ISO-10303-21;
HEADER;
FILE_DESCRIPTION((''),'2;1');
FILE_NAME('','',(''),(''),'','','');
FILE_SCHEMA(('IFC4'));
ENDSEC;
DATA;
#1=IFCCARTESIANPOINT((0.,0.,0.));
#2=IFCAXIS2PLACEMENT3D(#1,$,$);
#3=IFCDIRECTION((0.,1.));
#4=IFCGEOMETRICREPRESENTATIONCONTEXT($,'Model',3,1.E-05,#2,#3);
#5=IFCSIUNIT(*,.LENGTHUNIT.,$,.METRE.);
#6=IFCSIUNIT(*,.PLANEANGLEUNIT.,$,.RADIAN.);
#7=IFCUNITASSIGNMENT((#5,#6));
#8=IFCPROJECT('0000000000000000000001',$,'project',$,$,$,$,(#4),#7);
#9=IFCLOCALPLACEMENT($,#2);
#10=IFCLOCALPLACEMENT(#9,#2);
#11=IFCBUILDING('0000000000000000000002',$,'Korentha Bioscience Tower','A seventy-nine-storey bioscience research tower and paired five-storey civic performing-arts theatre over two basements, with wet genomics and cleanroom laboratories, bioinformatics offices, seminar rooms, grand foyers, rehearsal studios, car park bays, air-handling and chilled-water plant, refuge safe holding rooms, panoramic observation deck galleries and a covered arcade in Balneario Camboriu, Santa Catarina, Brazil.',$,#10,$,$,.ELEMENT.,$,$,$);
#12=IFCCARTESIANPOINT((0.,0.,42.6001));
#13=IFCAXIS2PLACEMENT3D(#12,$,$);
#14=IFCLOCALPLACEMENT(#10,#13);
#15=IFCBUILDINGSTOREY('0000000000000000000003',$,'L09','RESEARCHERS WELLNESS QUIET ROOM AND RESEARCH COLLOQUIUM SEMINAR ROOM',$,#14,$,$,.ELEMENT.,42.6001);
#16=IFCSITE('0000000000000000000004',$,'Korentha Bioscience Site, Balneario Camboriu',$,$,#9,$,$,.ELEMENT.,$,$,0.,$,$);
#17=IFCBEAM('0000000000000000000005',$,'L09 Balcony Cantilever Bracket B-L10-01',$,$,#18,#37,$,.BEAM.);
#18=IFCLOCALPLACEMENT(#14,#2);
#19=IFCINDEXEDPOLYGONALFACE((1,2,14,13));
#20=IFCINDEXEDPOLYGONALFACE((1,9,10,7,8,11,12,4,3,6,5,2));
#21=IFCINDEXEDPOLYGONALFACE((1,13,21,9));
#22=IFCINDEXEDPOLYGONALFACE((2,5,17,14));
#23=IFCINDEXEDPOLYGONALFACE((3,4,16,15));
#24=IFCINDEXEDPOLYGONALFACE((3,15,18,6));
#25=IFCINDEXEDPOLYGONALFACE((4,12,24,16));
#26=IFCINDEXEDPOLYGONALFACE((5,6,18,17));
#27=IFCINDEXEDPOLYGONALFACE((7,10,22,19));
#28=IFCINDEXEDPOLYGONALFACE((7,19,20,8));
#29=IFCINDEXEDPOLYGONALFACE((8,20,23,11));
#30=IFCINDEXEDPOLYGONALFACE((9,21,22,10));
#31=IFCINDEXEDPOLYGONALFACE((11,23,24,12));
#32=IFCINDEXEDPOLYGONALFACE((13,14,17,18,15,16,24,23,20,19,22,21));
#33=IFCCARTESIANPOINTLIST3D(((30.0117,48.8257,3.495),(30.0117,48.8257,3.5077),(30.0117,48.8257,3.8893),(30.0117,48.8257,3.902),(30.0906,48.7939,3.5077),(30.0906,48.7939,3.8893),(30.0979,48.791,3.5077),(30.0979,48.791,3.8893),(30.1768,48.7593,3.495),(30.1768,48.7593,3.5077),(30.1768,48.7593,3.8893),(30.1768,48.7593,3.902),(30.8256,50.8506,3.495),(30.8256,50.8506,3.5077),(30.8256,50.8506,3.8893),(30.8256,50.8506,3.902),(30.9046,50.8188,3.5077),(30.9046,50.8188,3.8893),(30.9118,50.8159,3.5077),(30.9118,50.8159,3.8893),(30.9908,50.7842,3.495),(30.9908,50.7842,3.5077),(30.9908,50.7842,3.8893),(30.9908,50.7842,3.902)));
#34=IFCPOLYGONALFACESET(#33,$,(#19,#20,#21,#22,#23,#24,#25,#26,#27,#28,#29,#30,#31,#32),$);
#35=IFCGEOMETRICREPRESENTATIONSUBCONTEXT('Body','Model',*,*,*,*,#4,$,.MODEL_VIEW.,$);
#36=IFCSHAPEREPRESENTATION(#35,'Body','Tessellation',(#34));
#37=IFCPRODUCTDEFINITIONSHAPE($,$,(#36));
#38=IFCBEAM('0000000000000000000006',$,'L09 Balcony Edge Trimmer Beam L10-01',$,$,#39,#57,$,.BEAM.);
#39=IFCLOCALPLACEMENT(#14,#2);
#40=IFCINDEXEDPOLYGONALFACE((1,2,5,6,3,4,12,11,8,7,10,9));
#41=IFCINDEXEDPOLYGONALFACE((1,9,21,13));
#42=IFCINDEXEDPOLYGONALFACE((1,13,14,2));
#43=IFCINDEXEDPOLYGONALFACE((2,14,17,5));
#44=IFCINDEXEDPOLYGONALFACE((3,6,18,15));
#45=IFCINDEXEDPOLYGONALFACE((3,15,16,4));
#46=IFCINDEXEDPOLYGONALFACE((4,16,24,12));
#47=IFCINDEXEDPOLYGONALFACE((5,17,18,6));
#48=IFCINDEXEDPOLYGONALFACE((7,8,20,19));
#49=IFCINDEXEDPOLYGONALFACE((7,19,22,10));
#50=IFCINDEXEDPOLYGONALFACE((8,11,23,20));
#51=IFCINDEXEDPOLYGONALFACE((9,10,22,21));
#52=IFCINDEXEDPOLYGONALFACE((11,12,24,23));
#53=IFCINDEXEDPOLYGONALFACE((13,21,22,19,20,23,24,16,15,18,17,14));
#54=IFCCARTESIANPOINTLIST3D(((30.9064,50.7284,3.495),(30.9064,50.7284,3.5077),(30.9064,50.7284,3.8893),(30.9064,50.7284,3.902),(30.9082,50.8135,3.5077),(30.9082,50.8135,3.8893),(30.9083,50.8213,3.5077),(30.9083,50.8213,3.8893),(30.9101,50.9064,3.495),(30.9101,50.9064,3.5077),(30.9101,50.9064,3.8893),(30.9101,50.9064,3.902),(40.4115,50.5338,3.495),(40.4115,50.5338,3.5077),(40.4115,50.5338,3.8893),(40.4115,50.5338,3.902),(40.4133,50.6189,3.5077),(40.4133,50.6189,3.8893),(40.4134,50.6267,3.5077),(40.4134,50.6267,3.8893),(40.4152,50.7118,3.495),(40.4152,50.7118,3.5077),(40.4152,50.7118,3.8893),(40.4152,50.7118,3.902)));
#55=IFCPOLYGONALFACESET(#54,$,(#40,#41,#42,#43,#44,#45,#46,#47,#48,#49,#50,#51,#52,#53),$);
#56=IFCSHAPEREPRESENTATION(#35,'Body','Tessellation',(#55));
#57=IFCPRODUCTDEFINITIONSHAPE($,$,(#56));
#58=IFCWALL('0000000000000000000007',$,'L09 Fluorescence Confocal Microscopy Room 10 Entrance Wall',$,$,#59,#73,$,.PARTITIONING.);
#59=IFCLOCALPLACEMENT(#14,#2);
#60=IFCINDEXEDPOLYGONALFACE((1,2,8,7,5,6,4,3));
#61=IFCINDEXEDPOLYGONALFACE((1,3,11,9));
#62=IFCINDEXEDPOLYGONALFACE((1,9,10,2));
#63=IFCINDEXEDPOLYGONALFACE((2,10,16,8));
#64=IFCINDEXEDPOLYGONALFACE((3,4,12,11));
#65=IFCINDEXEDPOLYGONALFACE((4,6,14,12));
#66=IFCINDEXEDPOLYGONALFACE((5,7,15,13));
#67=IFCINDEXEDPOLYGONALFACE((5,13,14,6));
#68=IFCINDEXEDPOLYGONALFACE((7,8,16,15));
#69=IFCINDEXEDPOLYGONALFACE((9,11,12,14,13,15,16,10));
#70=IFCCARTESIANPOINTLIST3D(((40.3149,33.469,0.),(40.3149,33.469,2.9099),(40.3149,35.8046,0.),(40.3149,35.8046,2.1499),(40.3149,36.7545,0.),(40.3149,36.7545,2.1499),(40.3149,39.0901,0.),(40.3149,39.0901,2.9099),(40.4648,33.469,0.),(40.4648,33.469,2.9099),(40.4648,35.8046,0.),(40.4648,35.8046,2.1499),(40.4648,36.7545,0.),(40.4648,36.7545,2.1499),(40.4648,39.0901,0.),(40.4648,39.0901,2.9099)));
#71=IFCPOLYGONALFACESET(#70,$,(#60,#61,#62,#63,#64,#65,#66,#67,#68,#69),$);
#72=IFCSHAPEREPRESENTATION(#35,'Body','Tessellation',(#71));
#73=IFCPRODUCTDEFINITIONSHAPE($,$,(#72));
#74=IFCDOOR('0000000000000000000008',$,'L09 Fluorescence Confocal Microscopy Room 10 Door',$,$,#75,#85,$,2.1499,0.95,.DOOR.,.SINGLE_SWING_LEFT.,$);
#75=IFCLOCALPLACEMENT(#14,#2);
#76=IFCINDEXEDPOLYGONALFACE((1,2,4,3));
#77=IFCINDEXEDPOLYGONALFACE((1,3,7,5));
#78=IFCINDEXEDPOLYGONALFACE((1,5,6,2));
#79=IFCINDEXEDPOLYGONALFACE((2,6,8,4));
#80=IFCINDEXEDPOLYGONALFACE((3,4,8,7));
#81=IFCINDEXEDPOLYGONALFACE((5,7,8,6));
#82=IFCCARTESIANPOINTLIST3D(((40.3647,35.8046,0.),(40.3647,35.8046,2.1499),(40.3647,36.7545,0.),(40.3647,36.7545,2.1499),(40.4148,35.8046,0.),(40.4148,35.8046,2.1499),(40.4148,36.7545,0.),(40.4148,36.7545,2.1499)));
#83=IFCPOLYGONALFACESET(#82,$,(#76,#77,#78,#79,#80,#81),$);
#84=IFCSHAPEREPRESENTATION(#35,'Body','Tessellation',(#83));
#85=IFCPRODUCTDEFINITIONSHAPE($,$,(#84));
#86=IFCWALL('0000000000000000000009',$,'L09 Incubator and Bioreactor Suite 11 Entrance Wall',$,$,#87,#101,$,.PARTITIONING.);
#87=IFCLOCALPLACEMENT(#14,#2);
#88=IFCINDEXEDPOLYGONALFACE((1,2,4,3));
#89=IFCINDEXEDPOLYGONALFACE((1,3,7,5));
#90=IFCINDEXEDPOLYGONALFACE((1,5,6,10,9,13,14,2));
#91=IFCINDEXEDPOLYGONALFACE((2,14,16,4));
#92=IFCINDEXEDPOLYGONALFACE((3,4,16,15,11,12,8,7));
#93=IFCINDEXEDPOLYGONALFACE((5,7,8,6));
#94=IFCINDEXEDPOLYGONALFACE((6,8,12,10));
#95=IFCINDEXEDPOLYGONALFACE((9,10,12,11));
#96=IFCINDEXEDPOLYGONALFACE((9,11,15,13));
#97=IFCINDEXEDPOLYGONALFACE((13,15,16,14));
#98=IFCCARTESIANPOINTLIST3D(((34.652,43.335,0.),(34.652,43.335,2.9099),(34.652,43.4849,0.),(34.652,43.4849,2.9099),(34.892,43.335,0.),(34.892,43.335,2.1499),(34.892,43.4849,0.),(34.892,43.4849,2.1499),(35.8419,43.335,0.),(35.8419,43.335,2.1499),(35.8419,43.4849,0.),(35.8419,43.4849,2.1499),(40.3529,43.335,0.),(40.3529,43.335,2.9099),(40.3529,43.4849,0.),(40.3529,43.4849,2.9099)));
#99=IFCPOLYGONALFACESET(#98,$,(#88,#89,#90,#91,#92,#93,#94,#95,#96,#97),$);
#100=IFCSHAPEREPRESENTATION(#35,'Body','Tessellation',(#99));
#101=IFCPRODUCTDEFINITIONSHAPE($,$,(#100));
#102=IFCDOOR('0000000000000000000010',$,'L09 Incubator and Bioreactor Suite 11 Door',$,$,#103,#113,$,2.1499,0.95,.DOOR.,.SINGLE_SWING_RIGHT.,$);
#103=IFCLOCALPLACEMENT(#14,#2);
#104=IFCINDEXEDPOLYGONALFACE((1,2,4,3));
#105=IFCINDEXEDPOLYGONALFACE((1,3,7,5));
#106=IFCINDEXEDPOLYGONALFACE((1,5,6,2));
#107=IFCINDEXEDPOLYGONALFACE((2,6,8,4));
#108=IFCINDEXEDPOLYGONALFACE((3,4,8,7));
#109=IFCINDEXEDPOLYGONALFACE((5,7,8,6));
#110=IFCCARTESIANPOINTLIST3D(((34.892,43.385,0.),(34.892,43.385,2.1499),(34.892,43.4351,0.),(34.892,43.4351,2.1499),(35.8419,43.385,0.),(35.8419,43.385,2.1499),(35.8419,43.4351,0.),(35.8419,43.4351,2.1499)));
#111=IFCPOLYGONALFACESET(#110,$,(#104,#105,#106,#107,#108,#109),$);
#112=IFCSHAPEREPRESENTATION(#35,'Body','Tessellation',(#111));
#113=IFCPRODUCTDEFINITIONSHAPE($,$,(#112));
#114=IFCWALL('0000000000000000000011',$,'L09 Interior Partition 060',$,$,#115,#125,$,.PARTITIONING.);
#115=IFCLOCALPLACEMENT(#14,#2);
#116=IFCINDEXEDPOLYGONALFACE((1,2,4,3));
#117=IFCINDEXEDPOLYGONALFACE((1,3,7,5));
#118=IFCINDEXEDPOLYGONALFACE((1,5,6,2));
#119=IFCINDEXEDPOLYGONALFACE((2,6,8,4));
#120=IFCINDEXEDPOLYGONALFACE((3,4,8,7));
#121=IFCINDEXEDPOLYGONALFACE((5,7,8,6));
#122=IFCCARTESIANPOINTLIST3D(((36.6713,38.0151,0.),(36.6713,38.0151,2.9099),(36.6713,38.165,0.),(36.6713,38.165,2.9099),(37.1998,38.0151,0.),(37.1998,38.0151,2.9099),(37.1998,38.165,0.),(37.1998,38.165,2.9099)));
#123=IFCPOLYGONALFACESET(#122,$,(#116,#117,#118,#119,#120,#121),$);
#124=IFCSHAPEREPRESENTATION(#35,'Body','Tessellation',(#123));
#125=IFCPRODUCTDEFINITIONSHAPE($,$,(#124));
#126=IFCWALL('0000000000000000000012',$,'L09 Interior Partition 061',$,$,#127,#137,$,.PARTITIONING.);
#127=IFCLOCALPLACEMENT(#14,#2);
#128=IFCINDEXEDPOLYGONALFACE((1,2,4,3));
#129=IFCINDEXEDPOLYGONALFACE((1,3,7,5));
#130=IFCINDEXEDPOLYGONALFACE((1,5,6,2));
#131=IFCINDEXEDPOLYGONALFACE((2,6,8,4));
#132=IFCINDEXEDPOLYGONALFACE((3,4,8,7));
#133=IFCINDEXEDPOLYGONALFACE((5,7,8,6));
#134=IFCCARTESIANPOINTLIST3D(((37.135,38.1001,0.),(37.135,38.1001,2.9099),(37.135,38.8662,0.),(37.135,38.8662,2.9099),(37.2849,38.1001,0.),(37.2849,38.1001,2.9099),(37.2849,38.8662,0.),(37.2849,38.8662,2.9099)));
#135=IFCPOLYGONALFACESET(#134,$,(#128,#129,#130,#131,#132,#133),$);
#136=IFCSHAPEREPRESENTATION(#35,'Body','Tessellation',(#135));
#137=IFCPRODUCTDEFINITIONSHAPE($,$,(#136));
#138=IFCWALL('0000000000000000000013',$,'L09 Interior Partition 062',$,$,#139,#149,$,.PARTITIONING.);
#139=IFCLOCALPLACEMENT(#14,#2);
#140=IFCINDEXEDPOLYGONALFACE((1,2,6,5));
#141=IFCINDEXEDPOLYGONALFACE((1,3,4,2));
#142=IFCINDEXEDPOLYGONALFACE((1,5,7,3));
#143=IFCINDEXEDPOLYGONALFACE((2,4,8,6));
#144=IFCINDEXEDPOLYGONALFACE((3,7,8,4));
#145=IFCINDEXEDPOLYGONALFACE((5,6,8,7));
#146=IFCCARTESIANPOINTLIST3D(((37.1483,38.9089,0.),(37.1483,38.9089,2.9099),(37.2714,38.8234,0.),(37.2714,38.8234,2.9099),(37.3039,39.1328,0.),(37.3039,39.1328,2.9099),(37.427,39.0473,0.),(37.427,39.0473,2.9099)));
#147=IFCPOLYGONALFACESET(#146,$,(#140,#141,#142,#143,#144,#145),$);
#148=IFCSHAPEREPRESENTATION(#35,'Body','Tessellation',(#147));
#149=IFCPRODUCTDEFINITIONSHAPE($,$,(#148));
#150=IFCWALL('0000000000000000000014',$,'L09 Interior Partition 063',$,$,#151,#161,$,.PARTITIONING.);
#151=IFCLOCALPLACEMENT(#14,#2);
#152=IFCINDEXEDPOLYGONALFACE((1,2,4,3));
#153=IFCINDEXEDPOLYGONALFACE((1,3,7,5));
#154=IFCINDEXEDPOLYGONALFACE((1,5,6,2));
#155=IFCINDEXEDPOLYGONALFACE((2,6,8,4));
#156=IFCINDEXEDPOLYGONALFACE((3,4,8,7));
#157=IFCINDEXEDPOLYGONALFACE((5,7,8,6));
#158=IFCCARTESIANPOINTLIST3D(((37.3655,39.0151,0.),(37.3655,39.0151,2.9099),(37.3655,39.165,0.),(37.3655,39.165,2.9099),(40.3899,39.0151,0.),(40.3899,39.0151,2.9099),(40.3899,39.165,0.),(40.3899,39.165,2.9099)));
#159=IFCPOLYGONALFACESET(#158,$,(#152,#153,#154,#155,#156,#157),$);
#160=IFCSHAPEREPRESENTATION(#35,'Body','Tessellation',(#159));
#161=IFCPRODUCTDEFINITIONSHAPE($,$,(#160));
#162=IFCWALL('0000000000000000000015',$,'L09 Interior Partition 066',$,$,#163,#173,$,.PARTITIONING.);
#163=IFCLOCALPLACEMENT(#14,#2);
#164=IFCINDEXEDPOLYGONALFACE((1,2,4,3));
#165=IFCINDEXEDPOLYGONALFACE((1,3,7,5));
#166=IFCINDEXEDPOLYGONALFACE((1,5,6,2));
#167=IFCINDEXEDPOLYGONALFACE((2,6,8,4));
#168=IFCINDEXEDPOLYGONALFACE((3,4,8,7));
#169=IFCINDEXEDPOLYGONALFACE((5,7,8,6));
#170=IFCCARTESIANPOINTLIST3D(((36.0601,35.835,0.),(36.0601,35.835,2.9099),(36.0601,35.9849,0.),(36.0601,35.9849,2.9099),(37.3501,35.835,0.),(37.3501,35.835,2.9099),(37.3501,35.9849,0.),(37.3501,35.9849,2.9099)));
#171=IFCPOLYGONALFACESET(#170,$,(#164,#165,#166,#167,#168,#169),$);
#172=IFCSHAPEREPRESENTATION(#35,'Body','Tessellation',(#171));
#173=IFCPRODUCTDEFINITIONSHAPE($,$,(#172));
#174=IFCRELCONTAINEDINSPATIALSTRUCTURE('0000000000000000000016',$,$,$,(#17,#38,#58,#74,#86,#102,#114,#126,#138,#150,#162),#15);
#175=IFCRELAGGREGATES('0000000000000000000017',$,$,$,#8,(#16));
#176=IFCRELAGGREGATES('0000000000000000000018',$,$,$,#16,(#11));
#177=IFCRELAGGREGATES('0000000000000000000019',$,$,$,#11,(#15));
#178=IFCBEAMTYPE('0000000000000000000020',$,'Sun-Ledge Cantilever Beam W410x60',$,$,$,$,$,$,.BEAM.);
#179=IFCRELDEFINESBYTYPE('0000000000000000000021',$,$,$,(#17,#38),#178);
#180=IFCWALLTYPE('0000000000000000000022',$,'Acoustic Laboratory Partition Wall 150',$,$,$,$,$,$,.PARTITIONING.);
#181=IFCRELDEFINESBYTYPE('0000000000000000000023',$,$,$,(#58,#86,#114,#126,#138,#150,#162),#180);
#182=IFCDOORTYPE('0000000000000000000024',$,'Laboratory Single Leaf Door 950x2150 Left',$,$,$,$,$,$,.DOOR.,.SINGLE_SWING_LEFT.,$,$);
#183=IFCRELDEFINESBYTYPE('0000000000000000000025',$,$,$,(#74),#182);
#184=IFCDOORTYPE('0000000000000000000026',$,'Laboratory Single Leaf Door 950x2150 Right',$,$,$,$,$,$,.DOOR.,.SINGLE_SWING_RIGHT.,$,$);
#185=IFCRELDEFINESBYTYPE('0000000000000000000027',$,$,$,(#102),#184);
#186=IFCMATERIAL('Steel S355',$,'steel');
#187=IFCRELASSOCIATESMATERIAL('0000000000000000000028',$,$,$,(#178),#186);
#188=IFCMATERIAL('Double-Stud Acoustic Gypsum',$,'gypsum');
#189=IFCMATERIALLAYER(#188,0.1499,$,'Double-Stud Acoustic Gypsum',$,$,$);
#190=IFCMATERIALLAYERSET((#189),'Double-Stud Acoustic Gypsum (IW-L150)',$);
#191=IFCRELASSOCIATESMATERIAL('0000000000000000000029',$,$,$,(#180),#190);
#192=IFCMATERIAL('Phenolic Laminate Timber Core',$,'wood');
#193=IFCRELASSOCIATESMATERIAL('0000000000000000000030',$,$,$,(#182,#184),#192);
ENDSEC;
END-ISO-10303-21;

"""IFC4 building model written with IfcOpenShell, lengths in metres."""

from ifc_helpers import new_model, si_unit, direction, frame, frame_2d, origin, origin_2d, place, context, subcontext, project, spatial, rectangle, i_section, extrude, material, layer, layer_set, material_profile, profile_set, type_object, element, fill, save


model = new_model("IFC4")

# Units and contexts
model_context = context("Model", 3, precision=1e-05, world=origin(), true_north=direction((0.0, 1.0)))
body_context = subcontext(model_context, "Body", "Model", "MODEL_VIEW")
ifc_project = project(units=[si_unit("LENGTHUNIT", "METRE"), si_unit("PLANEANGLEUNIT", "RADIAN")], contexts=[model_context])

# Site, building, storey
site_placement = place(None, origin())
site = spatial("IfcSite", under=ifc_project, at=site_placement, Name="Korentha Bioscience Site, Balneario Camboriu", CompositionType="ELEMENT", RefElevation=0.0)
building_placement = place(site_placement, origin())
building = spatial("IfcBuilding", under=site, at=building_placement, Name="Korentha Bioscience Tower", Description="A seventy-nine-storey bioscience research tower and paired five-storey civic performing-arts theatre over two basements, with wet genomics and cleanroom laboratories, bioinformatics offices, seminar rooms, grand foyers, rehearsal studios, car park bays, air-handling and chilled-water plant, refuge safe holding rooms, panoramic observation deck galleries and a covered arcade in Balneario Camboriu, Santa Catarina, Brazil.", CompositionType="ELEMENT")
storey_placement = place(building_placement, frame((0.0, 0.0, 42.6001)))
storey = spatial("IfcBuildingStorey", under=building, at=storey_placement, Name="L09", Description="RESEARCHERS WELLNESS QUIET ROOM AND RESEARCH COLLOQUIUM SEMINAR ROOM", CompositionType="ELEMENT", Elevation=42.6001)

# Beams
ifc_material_1 = material(Name="Steel S355", Category="steel")
ifc_material_profile_1 = material_profile(ifc_material_1, i_section(OverallWidth=0.178, OverallDepth=0.407, WebThickness=0.0078, FlangeThickness=0.0127, at=origin_2d()), Name="Steel S355")
ifc_profile_set_1 = profile_set([ifc_material_profile_1], Name="Steel S355 (CB-410)")
beam_type_1 = type_object("IfcBeamType", Name="Sun-Ledge Cantilever Beam W410x60", PredefinedType="BEAM", material=ifc_profile_set_1)
beam_1_placement = place(storey_placement, frame((30.0942, 48.7925, 3.6985), z_axis=(0.372972, 0.927843, 0.0), x_axis=(-0.927843, 0.372972, 0.0)))
element("IfcBeam", 1, at=beam_1_placement, inside=storey, type_object=beam_type_1, Name="L09 Balcony Cantilever Bracket B-L10-01", PredefinedType="BEAM", context=body_context, shape_type="SweptSolid", body=[
    extrude(i_section(OverallWidth=0.178, OverallDepth=0.407, WebThickness=0.0078, FlangeThickness=0.0127, at=origin_2d()), origin(), (0.0, 0.0, 1.0), 2.1824),
])
beam_2_placement = place(storey_placement, frame((40.4133, 50.6228, 3.6985), z_axis=(-0.999791, 0.020467, 0.0), x_axis=(-0.020467, -0.999791, 0.0)))
element("IfcBeam", 2, at=beam_2_placement, inside=storey, type_object=beam_type_1, Name="L09 Balcony Edge Trimmer Beam L10-01", PredefinedType="BEAM", context=body_context, shape_type="SweptSolid", body=[
    extrude(i_section(OverallWidth=0.178, OverallDepth=0.407, WebThickness=0.0078, FlangeThickness=0.0127, at=origin_2d()), origin(), (0.0, 0.0, 1.0), 9.5071),
])

# Walls, openings, doors
ifc_material_2 = material(Name="Double-Stud Acoustic Gypsum", Category="gypsum")
ifc_layer_1 = layer(ifc_material_2, 0.1499, Name="Double-Stud Acoustic Gypsum")
ifc_layer_set_1 = layer_set([ifc_layer_1], Name="Double-Stud Acoustic Gypsum (IW-L150)")
wall_type_1 = type_object("IfcWallType", Name="Acoustic Laboratory Partition Wall 150", PredefinedType="PARTITIONING", material=ifc_layer_set_1)
wall_1_placement = place(storey_placement, frame((40.3899, 39.0901, 0.0), z_axis=(0.0, 0.0, 1.0), x_axis=(0.0, -1.0, 0.0)))
wall_1 = element("IfcWall", 3, at=wall_1_placement, inside=storey, type_object=wall_type_1, Name="L09 Fluorescence Confocal Microscopy Room 10 Entrance Wall", PredefinedType="PARTITIONING", context=body_context, shape_type="SweptSolid", body=[
    extrude(rectangle(XDim=5.6211, YDim=0.1499, at=frame_2d((2.8105, 0.0))), origin(), (0.0, 0.0, 1.0), 2.9099),
])
opening_1_placement = place(wall_1_placement, frame((2.3354, 0.0, 0.0)))
opening_1 = element("IfcOpeningElement", 4, at=opening_1_placement, cuts=wall_1, PredefinedType="OPENING", context=body_context, shape_type="SweptSolid", body=[
    extrude(rectangle(XDim=0.95, YDim=2.1499, at=frame_2d((0.4751, 1.075))), frame((0.0, 0.0898, 0.0), z_axis=(0.0, -1.0, 0.0), x_axis=(1.0, 0.0, 0.0)), (0.0, 0.0, 1.0), 0.1797),
])
ifc_material_3 = material(Name="Phenolic Laminate Timber Core", Category="wood")
door_type_1 = type_object("IfcDoorType", Name="Laboratory Single Leaf Door 950x2150 Left", OperationType="SINGLE_SWING_LEFT", PredefinedType="DOOR", material=ifc_material_3)
door_1_placement = place(opening_1_placement, origin())
door_1 = element("IfcDoor", 5, at=door_1_placement, inside=storey, type_object=door_type_1, Name="L09 Fluorescence Confocal Microscopy Room 10 Door", OperationType="SINGLE_SWING_LEFT", OverallHeight=2.1499, OverallWidth=0.95, PredefinedType="DOOR", context=body_context, shape_type="SweptSolid", body=[
    extrude(rectangle(XDim=0.95, YDim=2.1499, at=frame_2d((0.4751, 1.075))), frame((0.0, 0.0249, 0.0), z_axis=(0.0, -1.0, 0.0), x_axis=(1.0, 0.0, 0.0)), (0.0, 0.0, 1.0), 0.05),
])
fill(opening_1, door_1)
wall_2_placement = place(storey_placement, frame((40.353, 43.4099, 0.0), z_axis=(0.0, 0.0, 1.0), x_axis=(-1.0, 0.0, 0.0)))
wall_2 = element("IfcWall", 6, at=wall_2_placement, inside=storey, type_object=wall_type_1, Name="L09 Incubator and Bioreactor Suite 11 Entrance Wall", PredefinedType="PARTITIONING", context=body_context, shape_type="SweptSolid", body=[
    extrude(rectangle(XDim=5.7009, YDim=0.1499, at=frame_2d((2.8506, 0.0))), origin(), (0.0, 0.0, 1.0), 2.9099),
])
opening_2_placement = place(wall_2_placement, frame((4.511, 0.0, 0.0)))
opening_2 = element("IfcOpeningElement", 7, at=opening_2_placement, cuts=wall_2, PredefinedType="OPENING", context=body_context, shape_type="SweptSolid", body=[
    extrude(rectangle(XDim=0.95, YDim=2.1499, at=frame_2d((0.4751, 1.075))), frame((0.0, 0.0898, 0.0), z_axis=(0.0, -1.0, 0.0), x_axis=(1.0, 0.0, 0.0)), (0.0, 0.0, 1.0), 0.1797),
])
door_type_2 = type_object("IfcDoorType", Name="Laboratory Single Leaf Door 950x2150 Right", OperationType="SINGLE_SWING_RIGHT", PredefinedType="DOOR", material=ifc_material_3)
door_2_placement = place(opening_2_placement, origin())
door_2 = element("IfcDoor", 8, at=door_2_placement, inside=storey, type_object=door_type_2, Name="L09 Incubator and Bioreactor Suite 11 Door", OperationType="SINGLE_SWING_RIGHT", OverallHeight=2.1499, OverallWidth=0.95, PredefinedType="DOOR", context=body_context, shape_type="SweptSolid", body=[
    extrude(rectangle(XDim=0.95, YDim=2.1499, at=frame_2d((0.4751, 1.075))), frame((0.0, 0.0249, 0.0), z_axis=(0.0, -1.0, 0.0), x_axis=(1.0, 0.0, 0.0)), (0.0, 0.0, 1.0), 0.05),
])
fill(opening_2, door_2)

# Walls
wall_3_placement = place(storey_placement, frame((36.6714, 38.0901, 0.0), z_axis=(0.0, 0.0, 1.0), x_axis=(1.0, 0.0, 0.0)))
element("IfcWall", 9, at=wall_3_placement, inside=storey, type_object=wall_type_1, Name="L09 Interior Partition 060", PredefinedType="PARTITIONING", context=body_context, shape_type="SweptSolid", body=[
    extrude(rectangle(XDim=0.5286, YDim=0.1499, at=frame_2d((0.2642, 0.0))), origin(), (0.0, 0.0, 1.0), 2.9099),
])
wall_4_placement = place(storey_placement, frame((37.21, 38.1001, 0.0), z_axis=(0.0, 0.0, 1.0), x_axis=(0.0, 1.0, 0.0)))
element("IfcWall", 10, at=wall_4_placement, inside=storey, type_object=wall_type_1, Name="L09 Interior Partition 061", PredefinedType="PARTITIONING", context=body_context, shape_type="SweptSolid", body=[
    extrude(rectangle(XDim=0.7661, YDim=0.1499, at=frame_2d((0.3831, 0.0))), origin(), (0.0, 0.0, 1.0), 2.9099),
])
wall_5_placement = place(storey_placement, frame((37.21, 38.8662, 0.0), z_axis=(0.0, 0.0, 1.0), x_axis=(0.570513, 0.821288, 0.0)))
element("IfcWall", 11, at=wall_5_placement, inside=storey, type_object=wall_type_1, Name="L09 Interior Partition 062", PredefinedType="PARTITIONING", context=body_context, shape_type="SweptSolid", body=[
    extrude(rectangle(XDim=0.2727, YDim=0.1499, at=frame_2d((0.1362, 0.0))), origin(), (0.0, 0.0, 1.0), 2.9099),
])
wall_6_placement = place(storey_placement, frame((37.3655, 39.0901, 0.0), z_axis=(0.0, 0.0, 1.0), x_axis=(1.0, 0.0, 0.0)))
element("IfcWall", 12, at=wall_6_placement, inside=storey, type_object=wall_type_1, Name="L09 Interior Partition 063", PredefinedType="PARTITIONING", context=body_context, shape_type="SweptSolid", body=[
    extrude(rectangle(XDim=3.0244, YDim=0.1499, at=frame_2d((1.5122, 0.0))), origin(), (0.0, 0.0, 1.0), 2.9099),
])
wall_7_placement = place(storey_placement, frame((37.3501, 35.9099, 0.0), z_axis=(0.0, 0.0, 1.0), x_axis=(-1.0, 0.0, 0.0)))
element("IfcWall", 13, at=wall_7_placement, inside=storey, type_object=wall_type_1, Name="L09 Interior Partition 066", PredefinedType="PARTITIONING", context=body_context, shape_type="SweptSolid", body=[
    extrude(rectangle(XDim=1.29, YDim=0.1499, at=frame_2d((0.645, 0.0))), origin(), (0.0, 0.0, 1.0), 2.9099),
])

save(model, "model.ifc")
